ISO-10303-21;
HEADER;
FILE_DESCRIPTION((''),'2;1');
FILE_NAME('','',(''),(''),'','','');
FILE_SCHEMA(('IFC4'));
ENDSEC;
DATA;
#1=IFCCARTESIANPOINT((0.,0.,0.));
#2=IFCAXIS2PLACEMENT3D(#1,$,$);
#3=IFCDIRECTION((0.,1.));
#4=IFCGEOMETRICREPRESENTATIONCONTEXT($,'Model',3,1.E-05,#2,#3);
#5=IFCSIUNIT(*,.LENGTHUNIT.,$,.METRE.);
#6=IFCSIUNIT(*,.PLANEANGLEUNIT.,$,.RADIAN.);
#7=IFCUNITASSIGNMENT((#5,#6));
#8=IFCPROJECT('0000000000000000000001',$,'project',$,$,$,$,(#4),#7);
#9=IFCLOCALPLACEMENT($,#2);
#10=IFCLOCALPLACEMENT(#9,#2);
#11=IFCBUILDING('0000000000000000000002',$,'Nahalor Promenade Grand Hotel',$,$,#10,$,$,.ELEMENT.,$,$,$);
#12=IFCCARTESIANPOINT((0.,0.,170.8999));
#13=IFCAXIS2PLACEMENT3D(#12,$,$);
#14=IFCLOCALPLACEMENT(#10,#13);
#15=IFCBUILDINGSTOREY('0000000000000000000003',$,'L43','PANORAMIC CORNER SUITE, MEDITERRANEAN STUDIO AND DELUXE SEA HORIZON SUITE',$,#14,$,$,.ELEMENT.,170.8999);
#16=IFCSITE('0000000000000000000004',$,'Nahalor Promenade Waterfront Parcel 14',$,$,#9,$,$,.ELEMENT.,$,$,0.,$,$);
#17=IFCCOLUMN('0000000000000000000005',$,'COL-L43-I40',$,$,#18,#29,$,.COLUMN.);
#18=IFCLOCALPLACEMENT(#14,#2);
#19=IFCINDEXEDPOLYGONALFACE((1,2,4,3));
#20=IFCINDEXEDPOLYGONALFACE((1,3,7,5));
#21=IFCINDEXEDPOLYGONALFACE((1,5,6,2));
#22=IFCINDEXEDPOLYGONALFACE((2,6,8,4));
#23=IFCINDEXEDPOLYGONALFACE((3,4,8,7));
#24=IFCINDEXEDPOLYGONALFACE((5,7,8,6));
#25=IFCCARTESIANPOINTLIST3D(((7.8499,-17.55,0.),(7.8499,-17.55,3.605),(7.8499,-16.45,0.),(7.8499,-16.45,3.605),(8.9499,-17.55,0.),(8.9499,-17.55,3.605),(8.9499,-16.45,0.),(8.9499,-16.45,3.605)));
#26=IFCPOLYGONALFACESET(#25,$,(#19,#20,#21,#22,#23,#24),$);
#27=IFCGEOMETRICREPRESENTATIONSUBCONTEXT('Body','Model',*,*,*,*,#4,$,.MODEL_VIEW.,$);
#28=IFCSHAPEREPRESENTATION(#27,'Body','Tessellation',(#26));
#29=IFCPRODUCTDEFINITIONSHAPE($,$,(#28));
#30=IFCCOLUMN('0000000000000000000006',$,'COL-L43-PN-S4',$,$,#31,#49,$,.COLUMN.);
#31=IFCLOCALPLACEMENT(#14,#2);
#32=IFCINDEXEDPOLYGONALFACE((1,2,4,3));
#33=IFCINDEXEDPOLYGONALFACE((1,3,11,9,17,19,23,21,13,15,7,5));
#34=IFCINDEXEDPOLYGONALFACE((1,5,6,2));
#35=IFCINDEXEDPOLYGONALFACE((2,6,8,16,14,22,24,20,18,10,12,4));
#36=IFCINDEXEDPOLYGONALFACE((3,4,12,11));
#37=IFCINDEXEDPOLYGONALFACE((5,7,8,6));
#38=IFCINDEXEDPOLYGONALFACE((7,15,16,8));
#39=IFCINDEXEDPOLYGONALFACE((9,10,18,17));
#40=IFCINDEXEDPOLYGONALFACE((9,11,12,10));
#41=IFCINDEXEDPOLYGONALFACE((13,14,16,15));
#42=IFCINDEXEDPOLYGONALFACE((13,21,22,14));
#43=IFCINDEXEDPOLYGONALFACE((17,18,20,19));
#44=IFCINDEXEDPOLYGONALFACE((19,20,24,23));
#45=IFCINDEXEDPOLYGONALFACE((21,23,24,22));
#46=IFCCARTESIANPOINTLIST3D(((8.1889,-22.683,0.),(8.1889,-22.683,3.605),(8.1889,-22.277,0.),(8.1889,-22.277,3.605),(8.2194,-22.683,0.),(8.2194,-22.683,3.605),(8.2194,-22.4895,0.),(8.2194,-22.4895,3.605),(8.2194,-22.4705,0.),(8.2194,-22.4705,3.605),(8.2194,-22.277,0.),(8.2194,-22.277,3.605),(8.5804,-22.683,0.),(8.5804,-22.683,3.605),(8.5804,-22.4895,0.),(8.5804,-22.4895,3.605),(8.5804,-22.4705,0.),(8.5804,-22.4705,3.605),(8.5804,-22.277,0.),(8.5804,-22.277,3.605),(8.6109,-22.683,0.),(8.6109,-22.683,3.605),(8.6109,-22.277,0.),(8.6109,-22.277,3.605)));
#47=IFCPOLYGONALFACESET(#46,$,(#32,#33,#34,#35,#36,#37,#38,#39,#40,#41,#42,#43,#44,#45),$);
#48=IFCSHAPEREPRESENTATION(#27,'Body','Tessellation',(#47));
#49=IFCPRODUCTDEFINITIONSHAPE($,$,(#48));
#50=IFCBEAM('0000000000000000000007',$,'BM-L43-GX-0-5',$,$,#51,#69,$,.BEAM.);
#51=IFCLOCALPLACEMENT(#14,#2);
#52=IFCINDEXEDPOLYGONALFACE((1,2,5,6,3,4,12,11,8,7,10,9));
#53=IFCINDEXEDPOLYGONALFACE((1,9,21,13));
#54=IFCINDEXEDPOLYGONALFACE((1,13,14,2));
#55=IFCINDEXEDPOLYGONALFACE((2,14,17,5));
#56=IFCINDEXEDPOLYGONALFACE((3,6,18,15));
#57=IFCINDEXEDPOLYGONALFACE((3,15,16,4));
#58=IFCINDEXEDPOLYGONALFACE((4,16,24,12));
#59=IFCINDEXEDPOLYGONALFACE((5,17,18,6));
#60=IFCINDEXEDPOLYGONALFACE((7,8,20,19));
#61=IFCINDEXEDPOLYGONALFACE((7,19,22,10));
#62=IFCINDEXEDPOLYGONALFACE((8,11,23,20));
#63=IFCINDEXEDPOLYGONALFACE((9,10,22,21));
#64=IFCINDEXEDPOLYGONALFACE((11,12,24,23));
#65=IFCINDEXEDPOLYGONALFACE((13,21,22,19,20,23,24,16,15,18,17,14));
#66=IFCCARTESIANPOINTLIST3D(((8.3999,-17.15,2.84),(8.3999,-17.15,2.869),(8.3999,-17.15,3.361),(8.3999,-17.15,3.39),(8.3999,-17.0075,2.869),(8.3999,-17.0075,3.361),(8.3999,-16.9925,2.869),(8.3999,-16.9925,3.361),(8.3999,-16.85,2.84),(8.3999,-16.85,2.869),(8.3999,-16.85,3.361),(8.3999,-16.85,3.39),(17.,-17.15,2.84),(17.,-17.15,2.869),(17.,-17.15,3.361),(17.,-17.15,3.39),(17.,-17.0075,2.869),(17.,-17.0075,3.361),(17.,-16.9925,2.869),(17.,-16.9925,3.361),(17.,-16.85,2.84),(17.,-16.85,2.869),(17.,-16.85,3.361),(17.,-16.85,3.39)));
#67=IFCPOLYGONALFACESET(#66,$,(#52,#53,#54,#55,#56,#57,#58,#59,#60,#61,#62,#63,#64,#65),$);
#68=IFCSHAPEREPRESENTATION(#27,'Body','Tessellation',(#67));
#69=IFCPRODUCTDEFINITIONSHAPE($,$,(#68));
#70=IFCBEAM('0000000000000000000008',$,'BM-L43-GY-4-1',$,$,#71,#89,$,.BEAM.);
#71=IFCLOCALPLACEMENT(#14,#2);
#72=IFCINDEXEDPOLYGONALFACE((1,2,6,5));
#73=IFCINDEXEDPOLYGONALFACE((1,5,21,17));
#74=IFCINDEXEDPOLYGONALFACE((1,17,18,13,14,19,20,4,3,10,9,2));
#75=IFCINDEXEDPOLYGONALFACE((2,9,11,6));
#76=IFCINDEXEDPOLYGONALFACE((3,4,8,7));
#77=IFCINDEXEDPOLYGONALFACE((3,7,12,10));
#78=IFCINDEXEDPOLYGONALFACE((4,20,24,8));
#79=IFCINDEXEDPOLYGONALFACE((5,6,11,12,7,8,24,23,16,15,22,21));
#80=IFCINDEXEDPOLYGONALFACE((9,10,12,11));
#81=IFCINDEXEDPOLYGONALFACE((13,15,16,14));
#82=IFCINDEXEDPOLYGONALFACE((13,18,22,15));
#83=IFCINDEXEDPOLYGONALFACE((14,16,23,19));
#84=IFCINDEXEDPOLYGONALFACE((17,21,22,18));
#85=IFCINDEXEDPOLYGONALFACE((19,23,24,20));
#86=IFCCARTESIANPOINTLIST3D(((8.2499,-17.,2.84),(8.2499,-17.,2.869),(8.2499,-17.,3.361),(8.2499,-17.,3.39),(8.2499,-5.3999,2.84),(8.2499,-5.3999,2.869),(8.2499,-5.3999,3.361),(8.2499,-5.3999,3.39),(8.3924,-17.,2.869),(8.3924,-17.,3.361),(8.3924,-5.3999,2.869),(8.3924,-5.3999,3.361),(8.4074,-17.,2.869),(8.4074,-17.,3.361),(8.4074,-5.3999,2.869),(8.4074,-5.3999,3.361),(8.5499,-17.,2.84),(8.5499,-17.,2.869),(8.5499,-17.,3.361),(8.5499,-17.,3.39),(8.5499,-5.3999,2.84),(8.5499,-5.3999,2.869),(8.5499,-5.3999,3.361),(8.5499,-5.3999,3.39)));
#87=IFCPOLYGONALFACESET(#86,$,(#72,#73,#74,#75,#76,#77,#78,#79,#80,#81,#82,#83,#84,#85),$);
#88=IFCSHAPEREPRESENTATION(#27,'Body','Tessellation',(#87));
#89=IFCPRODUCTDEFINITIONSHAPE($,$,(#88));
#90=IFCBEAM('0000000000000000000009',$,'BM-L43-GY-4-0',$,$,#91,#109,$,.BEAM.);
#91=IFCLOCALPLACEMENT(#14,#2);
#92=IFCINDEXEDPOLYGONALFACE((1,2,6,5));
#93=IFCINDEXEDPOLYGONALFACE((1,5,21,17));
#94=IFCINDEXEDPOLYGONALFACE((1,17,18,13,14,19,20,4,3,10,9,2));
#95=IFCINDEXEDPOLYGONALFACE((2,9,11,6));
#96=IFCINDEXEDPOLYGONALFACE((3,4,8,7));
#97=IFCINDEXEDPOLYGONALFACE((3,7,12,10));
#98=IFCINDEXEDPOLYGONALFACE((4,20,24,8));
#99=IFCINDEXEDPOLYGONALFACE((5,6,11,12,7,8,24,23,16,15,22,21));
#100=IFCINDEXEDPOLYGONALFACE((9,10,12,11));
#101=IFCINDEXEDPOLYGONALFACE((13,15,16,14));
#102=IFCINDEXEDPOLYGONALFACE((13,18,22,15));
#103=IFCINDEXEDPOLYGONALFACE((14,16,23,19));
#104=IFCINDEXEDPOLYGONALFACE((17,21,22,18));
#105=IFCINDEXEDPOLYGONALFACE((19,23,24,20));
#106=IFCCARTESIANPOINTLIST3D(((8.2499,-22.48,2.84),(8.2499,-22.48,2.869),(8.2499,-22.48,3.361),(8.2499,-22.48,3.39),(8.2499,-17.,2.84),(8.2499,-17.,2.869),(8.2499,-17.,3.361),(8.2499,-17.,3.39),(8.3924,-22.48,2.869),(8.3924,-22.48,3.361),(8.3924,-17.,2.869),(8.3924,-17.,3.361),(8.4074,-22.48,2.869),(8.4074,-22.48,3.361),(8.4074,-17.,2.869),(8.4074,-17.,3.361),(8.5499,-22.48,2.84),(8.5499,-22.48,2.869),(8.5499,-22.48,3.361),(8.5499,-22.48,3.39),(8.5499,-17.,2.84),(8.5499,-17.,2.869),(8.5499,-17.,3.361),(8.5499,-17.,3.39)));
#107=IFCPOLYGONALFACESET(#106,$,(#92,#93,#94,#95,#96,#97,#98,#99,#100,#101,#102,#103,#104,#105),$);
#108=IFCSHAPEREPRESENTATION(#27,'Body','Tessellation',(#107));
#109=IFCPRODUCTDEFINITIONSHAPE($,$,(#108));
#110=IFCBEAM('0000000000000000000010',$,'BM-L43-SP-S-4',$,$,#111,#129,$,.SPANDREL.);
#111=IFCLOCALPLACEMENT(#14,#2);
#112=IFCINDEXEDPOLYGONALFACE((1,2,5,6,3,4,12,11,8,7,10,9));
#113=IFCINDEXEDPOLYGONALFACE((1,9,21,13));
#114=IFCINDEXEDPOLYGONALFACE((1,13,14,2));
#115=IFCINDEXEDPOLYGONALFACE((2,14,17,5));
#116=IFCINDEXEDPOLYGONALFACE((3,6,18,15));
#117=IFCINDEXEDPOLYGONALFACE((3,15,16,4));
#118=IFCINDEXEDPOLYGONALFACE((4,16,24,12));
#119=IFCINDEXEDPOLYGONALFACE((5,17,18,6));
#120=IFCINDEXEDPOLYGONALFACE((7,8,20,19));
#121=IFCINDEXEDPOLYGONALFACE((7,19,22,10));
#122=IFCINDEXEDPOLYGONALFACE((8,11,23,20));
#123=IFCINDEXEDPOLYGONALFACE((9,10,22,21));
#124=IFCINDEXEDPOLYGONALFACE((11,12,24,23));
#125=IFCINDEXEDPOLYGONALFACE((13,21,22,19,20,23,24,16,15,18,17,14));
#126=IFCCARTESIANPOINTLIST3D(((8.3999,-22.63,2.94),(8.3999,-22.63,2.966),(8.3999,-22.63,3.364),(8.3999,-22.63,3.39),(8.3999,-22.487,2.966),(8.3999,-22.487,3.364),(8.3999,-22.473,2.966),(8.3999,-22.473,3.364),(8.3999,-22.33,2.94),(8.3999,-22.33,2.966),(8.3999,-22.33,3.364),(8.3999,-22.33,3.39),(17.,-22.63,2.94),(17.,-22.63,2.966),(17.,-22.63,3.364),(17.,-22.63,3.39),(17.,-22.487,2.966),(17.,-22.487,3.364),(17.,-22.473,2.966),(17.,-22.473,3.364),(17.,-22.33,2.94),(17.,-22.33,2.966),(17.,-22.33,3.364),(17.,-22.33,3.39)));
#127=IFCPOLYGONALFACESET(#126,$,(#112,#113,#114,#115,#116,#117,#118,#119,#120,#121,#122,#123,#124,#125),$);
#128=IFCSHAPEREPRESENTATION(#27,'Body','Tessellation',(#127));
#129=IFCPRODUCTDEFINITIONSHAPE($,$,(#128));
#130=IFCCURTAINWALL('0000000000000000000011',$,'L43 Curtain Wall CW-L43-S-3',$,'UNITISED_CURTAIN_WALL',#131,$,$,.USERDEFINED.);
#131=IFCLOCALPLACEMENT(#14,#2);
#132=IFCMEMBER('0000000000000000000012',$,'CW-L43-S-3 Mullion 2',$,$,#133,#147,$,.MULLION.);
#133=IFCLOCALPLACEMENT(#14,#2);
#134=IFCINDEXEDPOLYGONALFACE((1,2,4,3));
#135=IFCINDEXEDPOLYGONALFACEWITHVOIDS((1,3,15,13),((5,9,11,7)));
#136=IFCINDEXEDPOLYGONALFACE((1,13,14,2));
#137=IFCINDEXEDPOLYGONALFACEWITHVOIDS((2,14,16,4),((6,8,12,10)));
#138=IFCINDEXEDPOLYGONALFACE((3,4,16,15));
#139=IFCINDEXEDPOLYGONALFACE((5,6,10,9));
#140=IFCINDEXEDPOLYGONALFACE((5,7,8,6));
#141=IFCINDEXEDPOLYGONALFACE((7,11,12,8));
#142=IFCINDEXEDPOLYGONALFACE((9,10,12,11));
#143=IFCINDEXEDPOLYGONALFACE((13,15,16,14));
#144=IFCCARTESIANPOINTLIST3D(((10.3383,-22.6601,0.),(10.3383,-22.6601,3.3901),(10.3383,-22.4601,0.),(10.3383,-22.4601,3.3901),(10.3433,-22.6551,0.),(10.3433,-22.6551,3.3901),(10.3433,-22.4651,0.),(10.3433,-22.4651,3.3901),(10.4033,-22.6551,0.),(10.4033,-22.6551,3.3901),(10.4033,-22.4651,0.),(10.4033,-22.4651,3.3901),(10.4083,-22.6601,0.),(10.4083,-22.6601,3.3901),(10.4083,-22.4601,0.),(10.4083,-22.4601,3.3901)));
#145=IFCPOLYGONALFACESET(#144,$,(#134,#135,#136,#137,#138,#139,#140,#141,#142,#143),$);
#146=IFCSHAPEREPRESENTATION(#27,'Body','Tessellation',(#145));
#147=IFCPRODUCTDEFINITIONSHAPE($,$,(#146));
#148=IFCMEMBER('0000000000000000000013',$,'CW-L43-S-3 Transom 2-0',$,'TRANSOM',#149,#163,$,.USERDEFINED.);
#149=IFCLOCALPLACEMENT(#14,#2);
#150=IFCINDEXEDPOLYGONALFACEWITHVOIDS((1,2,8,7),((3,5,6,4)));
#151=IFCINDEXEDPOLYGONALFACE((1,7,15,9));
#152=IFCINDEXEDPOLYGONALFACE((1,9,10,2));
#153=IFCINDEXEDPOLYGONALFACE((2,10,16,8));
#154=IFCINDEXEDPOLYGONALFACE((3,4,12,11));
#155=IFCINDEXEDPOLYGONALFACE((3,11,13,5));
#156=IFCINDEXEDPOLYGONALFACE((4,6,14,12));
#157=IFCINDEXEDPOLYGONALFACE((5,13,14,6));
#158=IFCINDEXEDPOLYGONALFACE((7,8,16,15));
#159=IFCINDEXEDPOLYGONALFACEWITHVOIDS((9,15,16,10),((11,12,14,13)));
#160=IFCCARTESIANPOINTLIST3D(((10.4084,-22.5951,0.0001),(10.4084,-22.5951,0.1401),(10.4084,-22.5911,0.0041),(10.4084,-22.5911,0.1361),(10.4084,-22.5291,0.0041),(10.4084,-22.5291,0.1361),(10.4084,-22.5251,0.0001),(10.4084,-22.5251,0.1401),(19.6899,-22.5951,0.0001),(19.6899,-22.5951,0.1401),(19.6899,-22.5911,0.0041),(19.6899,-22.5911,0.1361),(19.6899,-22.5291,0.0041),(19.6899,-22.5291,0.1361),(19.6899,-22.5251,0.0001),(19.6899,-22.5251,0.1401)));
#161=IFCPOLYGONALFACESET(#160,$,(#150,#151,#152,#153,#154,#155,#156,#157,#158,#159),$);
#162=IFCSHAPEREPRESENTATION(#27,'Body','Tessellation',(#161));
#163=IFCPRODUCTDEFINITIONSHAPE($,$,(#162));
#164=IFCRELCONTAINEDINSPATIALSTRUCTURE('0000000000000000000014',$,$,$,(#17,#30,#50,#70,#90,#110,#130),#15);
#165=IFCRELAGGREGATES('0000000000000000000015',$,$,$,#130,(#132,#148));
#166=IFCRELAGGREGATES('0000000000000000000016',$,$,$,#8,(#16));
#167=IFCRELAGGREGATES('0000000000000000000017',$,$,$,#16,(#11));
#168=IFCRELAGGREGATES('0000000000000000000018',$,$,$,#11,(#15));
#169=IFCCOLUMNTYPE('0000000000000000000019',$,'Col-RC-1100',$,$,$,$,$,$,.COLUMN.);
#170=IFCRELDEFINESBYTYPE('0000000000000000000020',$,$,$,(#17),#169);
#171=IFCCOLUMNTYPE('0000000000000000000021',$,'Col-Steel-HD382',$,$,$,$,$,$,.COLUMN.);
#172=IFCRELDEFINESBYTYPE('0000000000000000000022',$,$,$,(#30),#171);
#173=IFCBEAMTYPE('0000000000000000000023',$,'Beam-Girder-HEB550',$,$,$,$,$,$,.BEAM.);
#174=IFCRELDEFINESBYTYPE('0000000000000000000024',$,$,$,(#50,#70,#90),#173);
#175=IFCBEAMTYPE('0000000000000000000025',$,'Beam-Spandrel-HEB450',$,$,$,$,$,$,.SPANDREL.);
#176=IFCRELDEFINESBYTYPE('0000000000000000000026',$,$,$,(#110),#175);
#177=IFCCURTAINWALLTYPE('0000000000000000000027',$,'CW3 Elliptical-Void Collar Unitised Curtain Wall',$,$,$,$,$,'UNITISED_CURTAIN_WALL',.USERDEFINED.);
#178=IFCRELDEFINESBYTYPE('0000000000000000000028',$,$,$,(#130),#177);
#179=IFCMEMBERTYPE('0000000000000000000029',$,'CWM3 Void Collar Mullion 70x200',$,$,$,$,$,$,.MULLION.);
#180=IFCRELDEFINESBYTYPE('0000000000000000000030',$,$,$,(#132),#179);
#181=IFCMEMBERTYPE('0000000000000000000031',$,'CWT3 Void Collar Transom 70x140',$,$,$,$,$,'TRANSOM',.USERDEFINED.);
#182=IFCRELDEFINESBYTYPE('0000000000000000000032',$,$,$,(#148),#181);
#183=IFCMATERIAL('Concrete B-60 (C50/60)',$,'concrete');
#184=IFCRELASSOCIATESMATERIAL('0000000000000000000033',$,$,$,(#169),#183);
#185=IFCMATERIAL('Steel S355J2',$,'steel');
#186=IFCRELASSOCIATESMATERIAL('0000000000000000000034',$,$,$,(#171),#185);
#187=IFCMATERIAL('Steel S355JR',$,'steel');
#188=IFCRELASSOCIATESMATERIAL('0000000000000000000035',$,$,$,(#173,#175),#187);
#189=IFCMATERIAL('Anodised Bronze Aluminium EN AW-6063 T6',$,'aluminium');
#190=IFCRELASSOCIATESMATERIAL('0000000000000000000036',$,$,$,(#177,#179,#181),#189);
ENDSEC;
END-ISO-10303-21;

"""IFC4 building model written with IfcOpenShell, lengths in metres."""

from ifc_helpers import new_model, si_unit, direction, frame, origin, origin_2d, place, context, subcontext, project, spatial, rectangle, hollow_rectangle, i_section, extrude, source, transform, mapped, material, material_profile, profile_set, type_object, element, aggregate, save


model = new_model("IFC4")

# Units and contexts
model_context = context("Model", 3, precision=1e-05, world=origin(), true_north=direction((0.0, 1.0)))
body_context = subcontext(model_context, "Body", "Model", "MODEL_VIEW")
ifc_project = project(units=[si_unit("LENGTHUNIT", "METRE"), si_unit("PLANEANGLEUNIT", "RADIAN")], contexts=[model_context])

# Site, building, storey
site_placement = place(None, origin())
site = spatial("IfcSite", under=ifc_project, at=site_placement, Name="Nahalor Promenade Waterfront Parcel 14", CompositionType="ELEMENT", RefElevation=0.0)
building_placement = place(site_placement, origin())
building = spatial("IfcBuilding", under=site, at=building_placement, Name="Nahalor Promenade Grand Hotel", CompositionType="ELEMENT")
storey_placement = place(building_placement, frame((0.0, 0.0, 170.8999)))
storey = spatial("IfcBuildingStorey", under=building, at=storey_placement, Name="L43", Description="PANORAMIC CORNER SUITE, MEDITERRANEAN STUDIO AND DELUXE SEA HORIZON SUITE", CompositionType="ELEMENT", Elevation=170.8999)

# Columns
ifc_material_1 = material(Name="Concrete B-60 (C50/60)", Category="concrete")
ifc_material_profile_1 = material_profile(ifc_material_1, rectangle(XDim=1.1, YDim=1.1, at=origin_2d()), Name="RC 1100x1100")
ifc_profile_set_1 = profile_set([ifc_material_profile_1], Name="Concrete B-60 (C50/60)")
column_type_1 = type_object("IfcColumnType", Name="Col-RC-1100", PredefinedType="COLUMN", material=ifc_profile_set_1)
shared_shape_1 = source(origin(), body_context, "Body", "SweptSolid", [
    extrude(rectangle(XDim=1.1, YDim=1.1, at=origin_2d()), origin(), (0.0, 0.0, 1.0), 3.605),
])
column_1_placement = place(storey_placement, frame((8.3999, -17.0, 0.0), z_axis=(0.0, 0.0, 1.0), x_axis=(1.0, 0.0, 0.0)))
element("IfcColumn", 1, at=column_1_placement, inside=storey, type_object=column_type_1, Name="COL-L43-I40", PredefinedType="COLUMN", context=body_context, shape_type="MappedRepresentation", body=[
    mapped(shared_shape_1, transform((0.0, 0.0, 0.0), scale=1.0)),
])
ifc_material_2 = material(Name="Steel S355J2", Category="steel")
ifc_material_profile_2 = material_profile(ifc_material_2, i_section(OverallWidth=0.406, OverallDepth=0.422, WebThickness=0.019, FlangeThickness=0.0305, at=origin_2d()), Name="HD 400x382")
ifc_profile_set_2 = profile_set([ifc_material_profile_2], Name="Steel S355J2")
column_type_2 = type_object("IfcColumnType", Name="Col-Steel-HD382", PredefinedType="COLUMN", material=ifc_profile_set_2)
shared_shape_2 = source(origin(), body_context, "Body", "SweptSolid", [
    extrude(i_section(OverallWidth=0.406, OverallDepth=0.422, WebThickness=0.019, FlangeThickness=0.0305, at=origin_2d()), origin(), (0.0, 0.0, 1.0), 3.605),
])
column_2_placement = place(storey_placement, frame((8.3999, -22.48, 0.0), z_axis=(0.0, 0.0, 1.0), x_axis=(0.0, 1.0, 0.0)))
element("IfcColumn", 2, at=column_2_placement, inside=storey, type_object=column_type_2, Name="COL-L43-PN-S4", PredefinedType="COLUMN", context=body_context, shape_type="MappedRepresentation", body=[
    mapped(shared_shape_2, transform((0.0, 0.0, 0.0), scale=1.0)),
])

# Beams
ifc_material_3 = material(Name="Steel S355JR", Category="steel")
ifc_material_profile_3 = material_profile(ifc_material_3, i_section(OverallWidth=0.3, OverallDepth=0.55, WebThickness=0.015, FlangeThickness=0.029, at=origin_2d()), Name="HEB 550")
ifc_profile_set_3 = profile_set([ifc_material_profile_3], Name="Steel S355JR")
beam_type_1 = type_object("IfcBeamType", Name="Beam-Girder-HEB550", PredefinedType="BEAM", material=ifc_profile_set_3)
shared_shape_3 = source(origin(), body_context, "Body", "SweptSolid", [
    extrude(i_section(OverallWidth=0.3, OverallDepth=0.55, WebThickness=0.015, FlangeThickness=0.029, at=origin_2d()), origin(), (0.0, 0.0, 1.0), 8.6001),
])
beam_1_placement = place(storey_placement, frame((8.3999, -17.0, 3.115), z_axis=(1.0, 0.0, 0.0), x_axis=(0.0, 1.0, 0.0)))
element("IfcBeam", 3, at=beam_1_placement, inside=storey, type_object=beam_type_1, Name="BM-L43-GX-0-5", PredefinedType="BEAM", context=body_context, shape_type="MappedRepresentation", body=[
    mapped(shared_shape_3, transform((0.0, 0.0, 0.0), scale=1.0)),
])
shared_shape_4 = source(origin(), body_context, "Body", "SweptSolid", [
    extrude(i_section(OverallWidth=0.3, OverallDepth=0.55, WebThickness=0.015, FlangeThickness=0.029, at=origin_2d()), origin(), (0.0, 0.0, 1.0), 11.6001),
])
beam_2_placement = place(storey_placement, frame((8.3999, -17.0, 3.115), z_axis=(0.0, 1.0, 0.0), x_axis=(-1.0, 0.0, 0.0)))
element("IfcBeam", 4, at=beam_2_placement, inside=storey, type_object=beam_type_1, Name="BM-L43-GY-4-1", PredefinedType="BEAM", context=body_context, shape_type="MappedRepresentation", body=[
    mapped(shared_shape_4, transform((0.0, 0.0, 0.0), scale=1.0)),
])
shared_shape_5 = source(origin(), body_context, "Body", "SweptSolid", [
    extrude(i_section(OverallWidth=0.3, OverallDepth=0.55, WebThickness=0.015, FlangeThickness=0.029, at=origin_2d()), origin(), (0.0, 0.0, 1.0), 5.48),
])
beam_3_placement = place(storey_placement, frame((8.3999, -22.48, 3.115), z_axis=(0.0, 1.0, 0.0), x_axis=(-1.0, 0.0, 0.0)))
element("IfcBeam", 5, at=beam_3_placement, inside=storey, type_object=beam_type_1, Name="BM-L43-GY-4-0", PredefinedType="BEAM", context=body_context, shape_type="MappedRepresentation", body=[
    mapped(shared_shape_5, transform((0.0, 0.0, 0.0), scale=1.0)),
])
ifc_material_profile_4 = material_profile(ifc_material_3, i_section(OverallWidth=0.3, OverallDepth=0.45, WebThickness=0.014, FlangeThickness=0.026, at=origin_2d()), Name="HEB 450")
ifc_profile_set_4 = profile_set([ifc_material_profile_4], Name="Steel S355JR")
beam_type_2 = type_object("IfcBeamType", Name="Beam-Spandrel-HEB450", PredefinedType="SPANDREL", material=ifc_profile_set_4)
shared_shape_6 = source(origin(), body_context, "Body", "SweptSolid", [
    extrude(i_section(OverallWidth=0.3, OverallDepth=0.45, WebThickness=0.014, FlangeThickness=0.026, at=origin_2d()), origin(), (0.0, 0.0, 1.0), 8.6001),
])
beam_4_placement = place(storey_placement, frame((8.3999, -22.48, 3.165), z_axis=(1.0, 0.0, 0.0), x_axis=(0.0, 1.0, 0.0)))
element("IfcBeam", 6, at=beam_4_placement, inside=storey, type_object=beam_type_2, Name="BM-L43-SP-S-4", PredefinedType="SPANDREL", context=body_context, shape_type="MappedRepresentation", body=[
    mapped(shared_shape_6, transform((0.0, 0.0, 0.0), scale=1.0)),
])

# Curtain wall, members
ifc_material_4 = material(Name="Anodised Bronze Aluminium EN AW-6063 T6", Category="aluminium")
curtain_wall_type = type_object("IfcCurtainWallType", Name="CW3 Elliptical-Void Collar Unitised Curtain Wall", ElementType="UNITISED_CURTAIN_WALL", PredefinedType="USERDEFINED", material=ifc_material_4)
curtain_wall_placement = place(storey_placement, origin())
curtain_wall = element("IfcCurtainWall", 7, at=curtain_wall_placement, inside=storey, type_object=curtain_wall_type, Name="L43 Curtain Wall CW-L43-S-3", ObjectType="UNITISED_CURTAIN_WALL", PredefinedType="USERDEFINED")
ifc_material_profile_5 = material_profile(ifc_material_4, hollow_rectangle(XDim=0.07, YDim=0.2, WallThickness=0.005, at=origin_2d()), Name="CWM 70x200x5")
ifc_profile_set_5 = profile_set([ifc_material_profile_5], Name="Anodised Bronze Aluminium EN AW-6063 T6")
member_type_1 = type_object("IfcMemberType", Name="CWM3 Void Collar Mullion 70x200", PredefinedType="MULLION", material=ifc_profile_set_5)
shared_shape_7 = source(origin(), body_context, "Body", "SweptSolid", [
    extrude(hollow_rectangle(XDim=0.07, YDim=0.2, WallThickness=0.005, at=origin_2d()), origin(), (0.0, 0.0, 1.0), 3.3901),
])
member_1_placement = place(storey_placement, frame((10.3733, -22.5601, 0.0), z_axis=(0.0, 0.0, 1.0), x_axis=(1.0, 0.0, 0.0)))
member_1 = element("IfcMember", 8, at=member_1_placement, type_object=member_type_1, Name="CW-L43-S-3 Mullion 2", PredefinedType="MULLION", context=body_context, shape_type="MappedRepresentation", body=[
    mapped(shared_shape_7, transform((0.0, 0.0, 0.0), scale=1.0)),
])
ifc_material_profile_6 = material_profile(ifc_material_4, hollow_rectangle(XDim=0.07, YDim=0.14, WallThickness=0.004, at=origin_2d()), Name="CWT 70x140x4")
ifc_profile_set_6 = profile_set([ifc_material_profile_6], Name="Anodised Bronze Aluminium EN AW-6063 T6")
member_type_2 = type_object("IfcMemberType", Name="CWT3 Void Collar Transom 70x140", ElementType="TRANSOM", PredefinedType="USERDEFINED", material=ifc_profile_set_6)
shared_shape_8 = source(origin(), body_context, "Body", "SweptSolid", [
    extrude(hollow_rectangle(XDim=0.07, YDim=0.14, WallThickness=0.004, at=origin_2d()), origin(), (0.0, 0.0, 1.0), 9.2815),
])
member_2_placement = place(storey_placement, frame((10.4084, -22.5601, 0.0701), z_axis=(1.0, 0.0, 0.0), x_axis=(0.0, 1.0, 0.0)))
member_2 = element("IfcMember", 9, at=member_2_placement, type_object=member_type_2, Name="CW-L43-S-3 Transom 2-0", ObjectType="TRANSOM", PredefinedType="USERDEFINED", context=body_context, shape_type="MappedRepresentation", body=[
    mapped(shared_shape_8, transform((0.0, 0.0, 0.0), scale=1.0)),
])
aggregate(curtain_wall, [member_1, member_2])

save(model, "model.ifc")
